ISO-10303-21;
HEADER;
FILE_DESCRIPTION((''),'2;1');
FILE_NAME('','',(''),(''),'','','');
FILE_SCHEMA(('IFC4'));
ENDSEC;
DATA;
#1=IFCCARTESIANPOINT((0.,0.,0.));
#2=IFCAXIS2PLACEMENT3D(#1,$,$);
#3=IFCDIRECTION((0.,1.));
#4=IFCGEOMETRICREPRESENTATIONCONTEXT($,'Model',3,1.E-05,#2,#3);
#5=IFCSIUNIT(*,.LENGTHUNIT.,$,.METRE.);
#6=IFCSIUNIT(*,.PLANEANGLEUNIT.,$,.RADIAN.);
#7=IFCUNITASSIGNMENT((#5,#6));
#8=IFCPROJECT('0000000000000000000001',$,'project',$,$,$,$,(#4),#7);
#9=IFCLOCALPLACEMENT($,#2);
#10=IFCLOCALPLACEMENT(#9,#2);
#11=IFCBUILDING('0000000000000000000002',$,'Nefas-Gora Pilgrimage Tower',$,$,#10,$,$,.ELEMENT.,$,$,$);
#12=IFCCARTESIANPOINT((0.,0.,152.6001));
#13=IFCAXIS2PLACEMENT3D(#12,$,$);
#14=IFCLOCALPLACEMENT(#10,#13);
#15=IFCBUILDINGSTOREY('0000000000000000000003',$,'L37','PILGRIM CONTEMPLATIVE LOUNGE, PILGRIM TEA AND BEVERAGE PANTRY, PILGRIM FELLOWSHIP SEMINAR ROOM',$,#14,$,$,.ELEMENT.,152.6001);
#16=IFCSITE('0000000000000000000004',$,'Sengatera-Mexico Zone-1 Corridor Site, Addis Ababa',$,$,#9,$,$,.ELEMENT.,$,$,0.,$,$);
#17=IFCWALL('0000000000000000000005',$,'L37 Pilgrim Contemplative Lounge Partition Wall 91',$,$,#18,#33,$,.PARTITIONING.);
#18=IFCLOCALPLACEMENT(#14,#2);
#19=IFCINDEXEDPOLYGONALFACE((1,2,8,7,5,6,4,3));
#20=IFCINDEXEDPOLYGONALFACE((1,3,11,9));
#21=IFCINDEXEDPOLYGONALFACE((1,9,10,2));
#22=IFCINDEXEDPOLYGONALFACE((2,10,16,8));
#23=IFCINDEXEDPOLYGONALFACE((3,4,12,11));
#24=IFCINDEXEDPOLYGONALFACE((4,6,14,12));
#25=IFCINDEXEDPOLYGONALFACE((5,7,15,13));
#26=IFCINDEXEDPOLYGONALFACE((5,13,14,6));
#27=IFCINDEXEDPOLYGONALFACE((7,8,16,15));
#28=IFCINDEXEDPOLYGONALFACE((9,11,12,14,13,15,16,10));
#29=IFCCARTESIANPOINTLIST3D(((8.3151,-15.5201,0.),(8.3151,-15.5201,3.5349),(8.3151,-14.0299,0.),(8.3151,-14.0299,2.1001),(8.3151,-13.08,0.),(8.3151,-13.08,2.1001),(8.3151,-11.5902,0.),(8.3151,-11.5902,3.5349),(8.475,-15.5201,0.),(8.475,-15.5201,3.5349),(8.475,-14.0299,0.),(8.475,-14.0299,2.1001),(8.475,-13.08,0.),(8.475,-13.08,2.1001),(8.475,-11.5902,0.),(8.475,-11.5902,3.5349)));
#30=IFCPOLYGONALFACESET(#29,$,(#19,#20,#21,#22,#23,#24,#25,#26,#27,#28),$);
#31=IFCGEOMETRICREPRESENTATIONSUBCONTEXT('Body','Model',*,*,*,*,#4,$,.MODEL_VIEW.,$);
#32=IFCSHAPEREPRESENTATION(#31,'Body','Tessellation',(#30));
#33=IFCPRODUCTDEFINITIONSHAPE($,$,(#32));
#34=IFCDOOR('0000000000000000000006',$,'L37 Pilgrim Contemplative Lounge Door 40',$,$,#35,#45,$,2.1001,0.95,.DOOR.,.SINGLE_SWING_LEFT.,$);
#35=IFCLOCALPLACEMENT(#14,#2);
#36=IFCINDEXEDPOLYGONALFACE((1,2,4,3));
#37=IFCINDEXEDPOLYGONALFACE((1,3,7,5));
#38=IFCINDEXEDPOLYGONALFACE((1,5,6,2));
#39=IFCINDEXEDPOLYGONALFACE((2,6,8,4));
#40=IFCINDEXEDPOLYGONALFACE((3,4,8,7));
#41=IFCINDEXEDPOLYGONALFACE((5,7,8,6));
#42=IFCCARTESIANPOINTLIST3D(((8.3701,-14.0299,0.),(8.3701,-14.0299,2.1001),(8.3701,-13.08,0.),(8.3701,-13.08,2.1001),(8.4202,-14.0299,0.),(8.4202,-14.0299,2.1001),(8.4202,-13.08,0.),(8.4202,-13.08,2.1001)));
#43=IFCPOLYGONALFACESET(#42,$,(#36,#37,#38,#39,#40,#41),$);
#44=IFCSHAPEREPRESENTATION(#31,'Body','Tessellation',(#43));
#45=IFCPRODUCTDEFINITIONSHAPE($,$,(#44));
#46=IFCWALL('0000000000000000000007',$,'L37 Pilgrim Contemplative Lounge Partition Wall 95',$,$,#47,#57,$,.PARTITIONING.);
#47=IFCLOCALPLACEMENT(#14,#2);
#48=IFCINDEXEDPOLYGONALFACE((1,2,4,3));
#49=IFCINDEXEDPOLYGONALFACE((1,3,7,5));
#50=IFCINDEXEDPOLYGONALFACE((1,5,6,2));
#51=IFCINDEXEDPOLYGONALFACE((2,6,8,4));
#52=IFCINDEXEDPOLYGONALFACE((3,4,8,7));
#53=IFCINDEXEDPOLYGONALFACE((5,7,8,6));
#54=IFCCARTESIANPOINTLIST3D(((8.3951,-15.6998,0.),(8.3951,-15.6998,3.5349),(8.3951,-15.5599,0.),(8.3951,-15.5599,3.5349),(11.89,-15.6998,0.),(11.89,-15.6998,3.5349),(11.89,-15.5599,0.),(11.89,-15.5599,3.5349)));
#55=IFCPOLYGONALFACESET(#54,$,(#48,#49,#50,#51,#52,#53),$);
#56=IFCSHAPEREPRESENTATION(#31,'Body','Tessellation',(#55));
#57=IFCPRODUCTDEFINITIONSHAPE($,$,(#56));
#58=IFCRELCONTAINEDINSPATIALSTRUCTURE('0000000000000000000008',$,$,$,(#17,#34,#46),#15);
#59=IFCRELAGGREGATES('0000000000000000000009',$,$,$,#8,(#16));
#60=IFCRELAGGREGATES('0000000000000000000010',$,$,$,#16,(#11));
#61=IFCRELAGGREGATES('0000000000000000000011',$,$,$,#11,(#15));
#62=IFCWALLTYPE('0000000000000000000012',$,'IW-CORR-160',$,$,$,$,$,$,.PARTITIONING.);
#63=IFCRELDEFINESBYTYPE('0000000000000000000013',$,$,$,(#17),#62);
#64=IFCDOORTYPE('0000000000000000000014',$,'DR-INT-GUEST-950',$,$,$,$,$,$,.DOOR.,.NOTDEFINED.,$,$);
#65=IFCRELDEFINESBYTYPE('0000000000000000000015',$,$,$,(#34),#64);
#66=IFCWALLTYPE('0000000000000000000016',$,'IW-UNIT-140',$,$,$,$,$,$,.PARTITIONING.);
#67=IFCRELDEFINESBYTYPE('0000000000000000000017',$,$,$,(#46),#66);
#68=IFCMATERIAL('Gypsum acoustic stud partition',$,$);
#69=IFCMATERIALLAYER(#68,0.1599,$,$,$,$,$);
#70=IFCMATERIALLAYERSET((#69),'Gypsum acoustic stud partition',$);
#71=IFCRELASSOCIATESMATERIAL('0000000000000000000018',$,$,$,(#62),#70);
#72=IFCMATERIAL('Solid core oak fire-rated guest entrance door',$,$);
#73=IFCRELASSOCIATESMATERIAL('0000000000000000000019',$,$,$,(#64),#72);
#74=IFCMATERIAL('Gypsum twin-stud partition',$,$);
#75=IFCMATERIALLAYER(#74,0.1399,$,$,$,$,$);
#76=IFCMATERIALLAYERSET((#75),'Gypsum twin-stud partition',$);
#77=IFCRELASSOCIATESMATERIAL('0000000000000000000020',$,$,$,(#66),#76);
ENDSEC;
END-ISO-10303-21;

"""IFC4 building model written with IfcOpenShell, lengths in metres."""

from ifc_helpers import new_model, si_unit, direction, frame, frame_2d, origin, place, context, subcontext, project, spatial, rectangle, extrude, source, transform, mapped, material, layer, layer_set, type_object, element, fill, save


model = new_model("IFC4")

# Units and contexts
model_context = context("Model", 3, precision=1e-05, world=origin(), true_north=direction((0.0, 1.0)))
body_context = subcontext(model_context, "Body", "Model", "MODEL_VIEW")
ifc_project = project(units=[si_unit("LENGTHUNIT", "METRE"), si_unit("PLANEANGLEUNIT", "RADIAN")], contexts=[model_context])

# Site, building, storey
site_placement = place(None, origin())
site = spatial("IfcSite", under=ifc_project, at=site_placement, Name="Sengatera-Mexico Zone-1 Corridor Site, Addis Ababa", CompositionType="ELEMENT", RefElevation=0.0)
building_placement = place(site_placement, origin())
building = spatial("IfcBuilding", under=site, at=building_placement, Name="Nefas-Gora Pilgrimage Tower", CompositionType="ELEMENT")
storey_placement = place(building_placement, frame((0.0, 0.0, 152.6001)))
storey = spatial("IfcBuildingStorey", under=building, at=storey_placement, Name="L37", Description="PILGRIM CONTEMPLATIVE LOUNGE, PILGRIM TEA AND BEVERAGE PANTRY, PILGRIM FELLOWSHIP SEMINAR ROOM", CompositionType="ELEMENT", Elevation=152.6001)

# Shared definitions
ifc_material_1 = material(Name="Gypsum acoustic stud partition")
ifc_layer_1 = layer(ifc_material_1, 0.1599)
ifc_layer_set_1 = layer_set([ifc_layer_1], Name="Gypsum acoustic stud partition")
wall_type_1 = type_object("IfcWallType", Name="IW-CORR-160", PredefinedType="PARTITIONING", material=ifc_layer_set_1)
ifc_material_2 = material(Name="Solid core oak fire-rated guest entrance door")
door_type = type_object("IfcDoorType", Name="DR-INT-GUEST-950", OperationType="NOTDEFINED", PredefinedType="DOOR", material=ifc_material_2)
shared_shape_1 = source(origin(), body_context, "Body", "SweptSolid", [
    extrude(rectangle(XDim=0.95, YDim=2.1001, at=frame_2d((0.4751, 1.05))), frame((0.0, 0.0249, 0.0), z_axis=(0.0, -1.0, 0.0), x_axis=(1.0, 0.0, 0.0)), (0.0, 0.0, 1.0), 0.05),
])

# Shared definitions
ifc_material_3 = material(Name="Gypsum twin-stud partition")
ifc_layer_2 = layer(ifc_material_3, 0.1399)
ifc_layer_set_2 = layer_set([ifc_layer_2], Name="Gypsum twin-stud partition")
wall_type_2 = type_object("IfcWallType", Name="IW-UNIT-140", PredefinedType="PARTITIONING", material=ifc_layer_set_2)

# Wall, opening, door
shared_shape_2 = source(origin(), body_context, "Body", "SweptSolid", [
    extrude(rectangle(XDim=3.9299, YDim=0.1599, at=frame_2d((1.9648, 0.0))), origin(), (0.0, 0.0, 1.0), 3.5349),
])
wall_1_placement = place(storey_placement, frame((8.395, -15.52, 0.0), z_axis=(0.0, 0.0, 1.0), x_axis=(0.0, 1.0, 0.0)))
wall_1 = element("IfcWall", 1, at=wall_1_placement, inside=storey, type_object=wall_type_1, Name="L37 Pilgrim Contemplative Lounge Partition Wall 91", PredefinedType="PARTITIONING", context=body_context, shape_type="MappedRepresentation", body=[
    mapped(shared_shape_2, transform((0.0, 0.0, 0.0), x_axis=(1.0, 0.0, 0.0), y_axis=(0.0, 1.0, 0.0), z_axis=(0.0, 0.0, 1.0), scale=1.0)),
])
opening_1_placement = place(wall_1_placement, frame((1.49, 0.0, 0.0)))
opening_1 = element("IfcOpeningElement", 2, at=opening_1_placement, cuts=wall_1, PredefinedType="OPENING", context=body_context, shape_type="SweptSolid", body=[
    extrude(rectangle(XDim=0.95, YDim=2.1001, at=frame_2d((0.4751, 1.05))), frame((0.0, 0.0898, 0.0), z_axis=(0.0, -1.0, 0.0), x_axis=(1.0, 0.0, 0.0)), (0.0, 0.0, 1.0), 0.1799),
])
door_1_placement = place(opening_1_placement, origin())
door_1 = element("IfcDoor", 3, at=door_1_placement, inside=storey, type_object=door_type, Name="L37 Pilgrim Contemplative Lounge Door 40", OperationType="SINGLE_SWING_LEFT", OverallHeight=2.1001, OverallWidth=0.95, PredefinedType="DOOR", context=body_context, shape_type="MappedRepresentation", body=[
    mapped(shared_shape_1, transform((0.0, 0.0, 0.0), x_axis=(1.0, 0.0, 0.0), y_axis=(0.0, 1.0, 0.0), z_axis=(0.0, 0.0, 1.0), scale=1.0)),
])
fill(opening_1, door_1)

# Wall
shared_shape_3 = source(origin(), body_context, "Body", "SweptSolid", [
    extrude(rectangle(XDim=3.4949, YDim=0.1399, at=frame_2d((1.7476, 0.0))), origin(), (0.0, 0.0, 1.0), 3.5349),
])
wall_2_placement = place(storey_placement, frame((8.395, -15.6299, 0.0), z_axis=(0.0, 0.0, 1.0), x_axis=(1.0, 0.0, 0.0)))
element("IfcWall", 4, at=wall_2_placement, inside=storey, type_object=wall_type_2, Name="L37 Pilgrim Contemplative Lounge Partition Wall 95", PredefinedType="PARTITIONING", context=body_context, shape_type="MappedRepresentation", body=[
    mapped(shared_shape_3, transform((0.0, 0.0, 0.0), x_axis=(1.0, 0.0, 0.0), y_axis=(0.0, 1.0, 0.0), z_axis=(0.0, 0.0, 1.0), scale=1.0)),
])

save(model, "model.ifc")
